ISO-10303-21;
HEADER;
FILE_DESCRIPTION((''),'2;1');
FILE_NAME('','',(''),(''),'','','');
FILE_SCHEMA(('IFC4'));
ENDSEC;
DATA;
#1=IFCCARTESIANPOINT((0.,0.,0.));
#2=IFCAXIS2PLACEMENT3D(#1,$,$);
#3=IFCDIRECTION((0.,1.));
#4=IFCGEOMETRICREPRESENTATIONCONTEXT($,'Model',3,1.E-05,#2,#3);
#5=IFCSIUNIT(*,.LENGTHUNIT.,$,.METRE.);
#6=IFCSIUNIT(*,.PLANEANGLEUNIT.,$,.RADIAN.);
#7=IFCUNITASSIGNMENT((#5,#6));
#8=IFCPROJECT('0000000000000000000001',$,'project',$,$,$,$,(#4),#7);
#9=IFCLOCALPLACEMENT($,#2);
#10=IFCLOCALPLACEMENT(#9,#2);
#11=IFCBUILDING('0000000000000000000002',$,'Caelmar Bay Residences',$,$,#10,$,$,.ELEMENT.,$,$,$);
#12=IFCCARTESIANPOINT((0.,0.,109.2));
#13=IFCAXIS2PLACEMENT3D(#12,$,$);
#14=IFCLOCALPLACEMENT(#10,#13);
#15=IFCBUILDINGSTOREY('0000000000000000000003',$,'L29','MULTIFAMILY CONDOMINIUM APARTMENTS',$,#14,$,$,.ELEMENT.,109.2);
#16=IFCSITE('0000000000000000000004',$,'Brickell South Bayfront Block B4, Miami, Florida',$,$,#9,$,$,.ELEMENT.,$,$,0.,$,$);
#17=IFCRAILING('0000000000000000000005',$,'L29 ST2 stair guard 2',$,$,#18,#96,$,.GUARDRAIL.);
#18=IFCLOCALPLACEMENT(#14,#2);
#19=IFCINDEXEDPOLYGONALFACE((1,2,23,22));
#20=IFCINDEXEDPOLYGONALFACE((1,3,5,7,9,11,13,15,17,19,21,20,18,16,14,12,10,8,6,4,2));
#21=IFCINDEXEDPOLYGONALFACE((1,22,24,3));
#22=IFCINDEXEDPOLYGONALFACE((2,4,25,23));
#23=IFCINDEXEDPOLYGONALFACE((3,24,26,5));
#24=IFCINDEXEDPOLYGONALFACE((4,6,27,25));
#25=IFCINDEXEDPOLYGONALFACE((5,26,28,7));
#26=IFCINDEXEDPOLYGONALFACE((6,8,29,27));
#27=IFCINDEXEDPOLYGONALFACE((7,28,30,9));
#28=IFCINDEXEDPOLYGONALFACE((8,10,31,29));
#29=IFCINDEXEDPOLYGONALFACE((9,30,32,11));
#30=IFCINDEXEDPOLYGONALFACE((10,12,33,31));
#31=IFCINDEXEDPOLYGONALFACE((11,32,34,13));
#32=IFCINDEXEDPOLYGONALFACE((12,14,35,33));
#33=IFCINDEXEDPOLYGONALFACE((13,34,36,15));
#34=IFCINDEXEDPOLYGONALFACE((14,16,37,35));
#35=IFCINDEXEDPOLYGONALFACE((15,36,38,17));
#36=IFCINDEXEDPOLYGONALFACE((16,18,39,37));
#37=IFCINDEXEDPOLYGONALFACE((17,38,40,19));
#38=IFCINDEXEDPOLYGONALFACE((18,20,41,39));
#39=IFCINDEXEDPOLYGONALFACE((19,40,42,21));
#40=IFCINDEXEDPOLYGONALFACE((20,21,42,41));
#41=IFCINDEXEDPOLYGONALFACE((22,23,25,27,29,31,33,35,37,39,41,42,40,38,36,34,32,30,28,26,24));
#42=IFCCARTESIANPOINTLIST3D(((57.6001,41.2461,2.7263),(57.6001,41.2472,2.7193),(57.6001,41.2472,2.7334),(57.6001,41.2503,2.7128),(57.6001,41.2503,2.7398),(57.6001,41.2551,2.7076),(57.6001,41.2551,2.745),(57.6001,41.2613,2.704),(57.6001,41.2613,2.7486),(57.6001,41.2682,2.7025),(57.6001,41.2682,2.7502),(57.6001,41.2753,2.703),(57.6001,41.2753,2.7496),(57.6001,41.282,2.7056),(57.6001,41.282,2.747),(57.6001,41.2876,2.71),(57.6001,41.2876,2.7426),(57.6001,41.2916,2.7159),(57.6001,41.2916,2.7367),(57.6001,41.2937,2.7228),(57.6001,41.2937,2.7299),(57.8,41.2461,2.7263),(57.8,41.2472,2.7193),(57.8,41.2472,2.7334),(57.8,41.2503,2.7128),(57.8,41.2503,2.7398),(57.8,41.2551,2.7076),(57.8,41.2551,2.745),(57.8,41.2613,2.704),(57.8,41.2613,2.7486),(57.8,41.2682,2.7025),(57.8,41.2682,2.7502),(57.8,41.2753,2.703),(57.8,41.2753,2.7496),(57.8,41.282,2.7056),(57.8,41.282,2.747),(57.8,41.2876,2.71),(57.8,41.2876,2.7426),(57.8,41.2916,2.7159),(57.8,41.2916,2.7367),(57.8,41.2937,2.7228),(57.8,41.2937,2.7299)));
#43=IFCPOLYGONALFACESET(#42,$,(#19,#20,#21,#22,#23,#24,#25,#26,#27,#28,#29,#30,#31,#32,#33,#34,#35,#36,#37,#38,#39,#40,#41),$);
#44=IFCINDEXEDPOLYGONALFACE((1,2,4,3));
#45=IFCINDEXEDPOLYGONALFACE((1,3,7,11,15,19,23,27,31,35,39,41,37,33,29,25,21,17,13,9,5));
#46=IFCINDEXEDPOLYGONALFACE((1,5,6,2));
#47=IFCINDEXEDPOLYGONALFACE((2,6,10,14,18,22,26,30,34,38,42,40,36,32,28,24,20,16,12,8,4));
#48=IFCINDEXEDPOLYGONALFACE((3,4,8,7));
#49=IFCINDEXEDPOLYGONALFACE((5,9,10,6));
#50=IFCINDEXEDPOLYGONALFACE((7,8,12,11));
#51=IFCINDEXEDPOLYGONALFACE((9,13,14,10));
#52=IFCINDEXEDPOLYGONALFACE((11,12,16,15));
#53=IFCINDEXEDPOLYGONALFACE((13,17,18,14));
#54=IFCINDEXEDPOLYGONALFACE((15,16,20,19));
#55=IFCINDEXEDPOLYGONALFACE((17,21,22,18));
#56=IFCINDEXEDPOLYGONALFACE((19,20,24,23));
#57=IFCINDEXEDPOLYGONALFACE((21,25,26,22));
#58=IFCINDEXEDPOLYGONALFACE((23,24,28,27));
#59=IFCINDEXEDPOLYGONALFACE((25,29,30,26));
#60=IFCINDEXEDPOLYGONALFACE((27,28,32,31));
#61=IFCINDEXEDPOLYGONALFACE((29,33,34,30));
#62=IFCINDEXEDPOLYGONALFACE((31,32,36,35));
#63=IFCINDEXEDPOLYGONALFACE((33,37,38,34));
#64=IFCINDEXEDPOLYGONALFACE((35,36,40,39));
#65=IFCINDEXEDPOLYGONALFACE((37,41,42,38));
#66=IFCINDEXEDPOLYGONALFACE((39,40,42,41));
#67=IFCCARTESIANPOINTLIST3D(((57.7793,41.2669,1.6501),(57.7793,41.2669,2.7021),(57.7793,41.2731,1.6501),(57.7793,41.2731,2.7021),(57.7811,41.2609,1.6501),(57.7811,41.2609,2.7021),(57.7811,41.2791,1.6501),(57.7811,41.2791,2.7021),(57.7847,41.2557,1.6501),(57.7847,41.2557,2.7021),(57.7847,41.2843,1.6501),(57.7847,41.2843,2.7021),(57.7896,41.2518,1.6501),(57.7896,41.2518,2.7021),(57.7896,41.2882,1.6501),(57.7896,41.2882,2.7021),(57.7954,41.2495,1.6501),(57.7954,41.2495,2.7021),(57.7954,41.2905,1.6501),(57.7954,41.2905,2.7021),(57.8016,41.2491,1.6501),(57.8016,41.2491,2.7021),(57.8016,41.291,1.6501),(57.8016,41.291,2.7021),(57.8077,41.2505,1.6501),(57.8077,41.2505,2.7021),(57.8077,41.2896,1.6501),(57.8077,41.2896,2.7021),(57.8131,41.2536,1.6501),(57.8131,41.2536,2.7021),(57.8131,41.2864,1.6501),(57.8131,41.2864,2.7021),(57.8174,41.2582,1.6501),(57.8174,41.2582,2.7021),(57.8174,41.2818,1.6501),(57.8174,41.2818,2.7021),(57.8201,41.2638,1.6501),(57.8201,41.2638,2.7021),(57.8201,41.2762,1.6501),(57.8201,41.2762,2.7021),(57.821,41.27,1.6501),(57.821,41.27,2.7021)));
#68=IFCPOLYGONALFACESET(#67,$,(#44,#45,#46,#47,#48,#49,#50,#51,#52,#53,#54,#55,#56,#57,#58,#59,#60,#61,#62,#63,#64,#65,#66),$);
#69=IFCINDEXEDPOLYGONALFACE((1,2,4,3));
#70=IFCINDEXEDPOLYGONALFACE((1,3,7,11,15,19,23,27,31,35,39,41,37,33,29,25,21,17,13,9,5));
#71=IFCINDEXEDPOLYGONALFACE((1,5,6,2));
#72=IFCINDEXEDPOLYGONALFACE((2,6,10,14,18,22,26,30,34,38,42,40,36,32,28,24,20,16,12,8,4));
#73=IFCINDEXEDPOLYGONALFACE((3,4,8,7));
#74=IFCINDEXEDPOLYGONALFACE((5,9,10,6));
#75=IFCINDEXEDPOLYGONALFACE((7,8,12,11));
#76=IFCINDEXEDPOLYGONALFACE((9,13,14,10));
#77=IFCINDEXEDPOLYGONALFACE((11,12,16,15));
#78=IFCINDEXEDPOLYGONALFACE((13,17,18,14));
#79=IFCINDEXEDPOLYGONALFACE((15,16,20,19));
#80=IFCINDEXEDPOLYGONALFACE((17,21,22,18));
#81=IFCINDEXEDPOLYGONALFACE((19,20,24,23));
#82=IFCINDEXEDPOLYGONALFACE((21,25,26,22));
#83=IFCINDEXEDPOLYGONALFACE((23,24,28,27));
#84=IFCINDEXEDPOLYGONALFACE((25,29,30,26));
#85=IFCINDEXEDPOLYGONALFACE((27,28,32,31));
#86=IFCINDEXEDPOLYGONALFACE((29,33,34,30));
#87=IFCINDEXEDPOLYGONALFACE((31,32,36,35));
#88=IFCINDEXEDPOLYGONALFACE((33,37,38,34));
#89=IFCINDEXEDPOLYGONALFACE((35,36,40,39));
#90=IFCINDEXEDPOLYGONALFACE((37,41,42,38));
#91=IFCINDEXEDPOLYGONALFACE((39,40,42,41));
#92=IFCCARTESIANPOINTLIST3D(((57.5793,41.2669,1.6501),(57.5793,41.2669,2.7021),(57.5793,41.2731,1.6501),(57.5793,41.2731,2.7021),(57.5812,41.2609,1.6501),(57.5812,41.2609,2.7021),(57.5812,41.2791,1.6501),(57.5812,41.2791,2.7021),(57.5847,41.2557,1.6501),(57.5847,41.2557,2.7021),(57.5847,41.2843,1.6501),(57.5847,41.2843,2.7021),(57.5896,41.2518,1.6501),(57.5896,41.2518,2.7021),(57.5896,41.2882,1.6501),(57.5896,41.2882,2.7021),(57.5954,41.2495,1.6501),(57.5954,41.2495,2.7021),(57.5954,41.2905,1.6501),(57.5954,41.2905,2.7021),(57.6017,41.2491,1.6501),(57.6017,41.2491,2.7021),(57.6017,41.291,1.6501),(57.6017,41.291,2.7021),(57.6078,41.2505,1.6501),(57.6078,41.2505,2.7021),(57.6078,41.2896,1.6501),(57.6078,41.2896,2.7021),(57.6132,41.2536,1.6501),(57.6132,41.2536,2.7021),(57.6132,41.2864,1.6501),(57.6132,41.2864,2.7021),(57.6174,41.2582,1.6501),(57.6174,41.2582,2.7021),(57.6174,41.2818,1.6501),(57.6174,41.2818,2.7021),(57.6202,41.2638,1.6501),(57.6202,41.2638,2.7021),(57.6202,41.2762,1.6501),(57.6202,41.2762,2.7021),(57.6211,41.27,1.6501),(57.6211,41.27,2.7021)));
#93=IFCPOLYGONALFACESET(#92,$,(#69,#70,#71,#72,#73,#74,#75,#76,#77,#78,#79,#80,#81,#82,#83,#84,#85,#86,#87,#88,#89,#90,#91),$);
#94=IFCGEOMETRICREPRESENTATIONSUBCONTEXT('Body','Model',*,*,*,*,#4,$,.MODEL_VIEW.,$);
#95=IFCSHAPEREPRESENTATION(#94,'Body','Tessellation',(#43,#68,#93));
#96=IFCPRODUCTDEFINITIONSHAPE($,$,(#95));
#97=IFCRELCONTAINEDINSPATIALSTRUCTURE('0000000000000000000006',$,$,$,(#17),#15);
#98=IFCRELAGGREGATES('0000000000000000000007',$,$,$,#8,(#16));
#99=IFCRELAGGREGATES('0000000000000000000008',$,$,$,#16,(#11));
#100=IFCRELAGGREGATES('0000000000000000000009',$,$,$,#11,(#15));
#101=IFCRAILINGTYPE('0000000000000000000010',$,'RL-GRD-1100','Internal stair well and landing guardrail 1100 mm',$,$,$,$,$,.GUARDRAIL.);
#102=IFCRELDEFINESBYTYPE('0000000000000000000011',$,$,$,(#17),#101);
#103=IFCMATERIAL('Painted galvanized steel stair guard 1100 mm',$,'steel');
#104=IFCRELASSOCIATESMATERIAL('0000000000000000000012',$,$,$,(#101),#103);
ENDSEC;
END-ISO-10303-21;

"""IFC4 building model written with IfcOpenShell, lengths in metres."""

from ifc_helpers import new_model, si_unit, direction, frame, origin, origin_2d, place, context, subcontext, project, spatial, circle, extrude, material, type_object, element, save


model = new_model("IFC4")

# Units and contexts
model_context = context("Model", 3, precision=1e-05, world=origin(), true_north=direction((0.0, 1.0)))
body_context = subcontext(model_context, "Body", "Model", "MODEL_VIEW")
ifc_project = project(units=[si_unit("LENGTHUNIT", "METRE"), si_unit("PLANEANGLEUNIT", "RADIAN")], contexts=[model_context])

# Site, building, storey
site_placement = place(None, origin())
site = spatial("IfcSite", under=ifc_project, at=site_placement, Name="Brickell South Bayfront Block B4, Miami, Florida", CompositionType="ELEMENT", RefElevation=0.0)
building_placement = place(site_placement, origin())
building = spatial("IfcBuilding", under=site, at=building_placement, Name="Caelmar Bay Residences", CompositionType="ELEMENT")
storey_placement = place(building_placement, frame((0.0, 0.0, 109.2)))
storey = spatial("IfcBuildingStorey", under=building, at=storey_placement, Name="L29", Description="MULTIFAMILY CONDOMINIUM APARTMENTS", CompositionType="ELEMENT", Elevation=109.2)

# Railing
ifc_material_1 = material(Name="Painted galvanized steel stair guard 1100 mm", Category="steel")
railing_type_1 = type_object("IfcRailingType", Name="RL-GRD-1100", Description="Internal stair well and landing guardrail 1100 mm", PredefinedType="GUARDRAIL", material=ifc_material_1)
railing_1_placement = place(storey_placement, frame((57.8, 41.27, 1.6501)))
element("IfcRailing", 1, at=railing_1_placement, inside=storey, type_object=railing_type_1, Name="L29 ST2 stair guard 2", PredefinedType="GUARDRAIL", context=body_context, shape_type="SweptSolid", body=[
    extrude(circle(Radius=0.0239, at=origin_2d()), frame((0.0, 0.0, 1.0762), z_axis=(-1.0, 0.0, 0.0), x_axis=(0.0, -1.0, 0.0)), (0.0, 0.0, 1.0), 0.2),
    extrude(circle(Radius=0.021, at=origin_2d()), origin(), (0.0, 0.0, 1.0), 1.052),
    extrude(circle(Radius=0.021, at=origin_2d()), frame((-0.2, 0.0, 0.0)), (0.0, 0.0, 1.0), 1.052),
])

save(model, "model.ifc")
